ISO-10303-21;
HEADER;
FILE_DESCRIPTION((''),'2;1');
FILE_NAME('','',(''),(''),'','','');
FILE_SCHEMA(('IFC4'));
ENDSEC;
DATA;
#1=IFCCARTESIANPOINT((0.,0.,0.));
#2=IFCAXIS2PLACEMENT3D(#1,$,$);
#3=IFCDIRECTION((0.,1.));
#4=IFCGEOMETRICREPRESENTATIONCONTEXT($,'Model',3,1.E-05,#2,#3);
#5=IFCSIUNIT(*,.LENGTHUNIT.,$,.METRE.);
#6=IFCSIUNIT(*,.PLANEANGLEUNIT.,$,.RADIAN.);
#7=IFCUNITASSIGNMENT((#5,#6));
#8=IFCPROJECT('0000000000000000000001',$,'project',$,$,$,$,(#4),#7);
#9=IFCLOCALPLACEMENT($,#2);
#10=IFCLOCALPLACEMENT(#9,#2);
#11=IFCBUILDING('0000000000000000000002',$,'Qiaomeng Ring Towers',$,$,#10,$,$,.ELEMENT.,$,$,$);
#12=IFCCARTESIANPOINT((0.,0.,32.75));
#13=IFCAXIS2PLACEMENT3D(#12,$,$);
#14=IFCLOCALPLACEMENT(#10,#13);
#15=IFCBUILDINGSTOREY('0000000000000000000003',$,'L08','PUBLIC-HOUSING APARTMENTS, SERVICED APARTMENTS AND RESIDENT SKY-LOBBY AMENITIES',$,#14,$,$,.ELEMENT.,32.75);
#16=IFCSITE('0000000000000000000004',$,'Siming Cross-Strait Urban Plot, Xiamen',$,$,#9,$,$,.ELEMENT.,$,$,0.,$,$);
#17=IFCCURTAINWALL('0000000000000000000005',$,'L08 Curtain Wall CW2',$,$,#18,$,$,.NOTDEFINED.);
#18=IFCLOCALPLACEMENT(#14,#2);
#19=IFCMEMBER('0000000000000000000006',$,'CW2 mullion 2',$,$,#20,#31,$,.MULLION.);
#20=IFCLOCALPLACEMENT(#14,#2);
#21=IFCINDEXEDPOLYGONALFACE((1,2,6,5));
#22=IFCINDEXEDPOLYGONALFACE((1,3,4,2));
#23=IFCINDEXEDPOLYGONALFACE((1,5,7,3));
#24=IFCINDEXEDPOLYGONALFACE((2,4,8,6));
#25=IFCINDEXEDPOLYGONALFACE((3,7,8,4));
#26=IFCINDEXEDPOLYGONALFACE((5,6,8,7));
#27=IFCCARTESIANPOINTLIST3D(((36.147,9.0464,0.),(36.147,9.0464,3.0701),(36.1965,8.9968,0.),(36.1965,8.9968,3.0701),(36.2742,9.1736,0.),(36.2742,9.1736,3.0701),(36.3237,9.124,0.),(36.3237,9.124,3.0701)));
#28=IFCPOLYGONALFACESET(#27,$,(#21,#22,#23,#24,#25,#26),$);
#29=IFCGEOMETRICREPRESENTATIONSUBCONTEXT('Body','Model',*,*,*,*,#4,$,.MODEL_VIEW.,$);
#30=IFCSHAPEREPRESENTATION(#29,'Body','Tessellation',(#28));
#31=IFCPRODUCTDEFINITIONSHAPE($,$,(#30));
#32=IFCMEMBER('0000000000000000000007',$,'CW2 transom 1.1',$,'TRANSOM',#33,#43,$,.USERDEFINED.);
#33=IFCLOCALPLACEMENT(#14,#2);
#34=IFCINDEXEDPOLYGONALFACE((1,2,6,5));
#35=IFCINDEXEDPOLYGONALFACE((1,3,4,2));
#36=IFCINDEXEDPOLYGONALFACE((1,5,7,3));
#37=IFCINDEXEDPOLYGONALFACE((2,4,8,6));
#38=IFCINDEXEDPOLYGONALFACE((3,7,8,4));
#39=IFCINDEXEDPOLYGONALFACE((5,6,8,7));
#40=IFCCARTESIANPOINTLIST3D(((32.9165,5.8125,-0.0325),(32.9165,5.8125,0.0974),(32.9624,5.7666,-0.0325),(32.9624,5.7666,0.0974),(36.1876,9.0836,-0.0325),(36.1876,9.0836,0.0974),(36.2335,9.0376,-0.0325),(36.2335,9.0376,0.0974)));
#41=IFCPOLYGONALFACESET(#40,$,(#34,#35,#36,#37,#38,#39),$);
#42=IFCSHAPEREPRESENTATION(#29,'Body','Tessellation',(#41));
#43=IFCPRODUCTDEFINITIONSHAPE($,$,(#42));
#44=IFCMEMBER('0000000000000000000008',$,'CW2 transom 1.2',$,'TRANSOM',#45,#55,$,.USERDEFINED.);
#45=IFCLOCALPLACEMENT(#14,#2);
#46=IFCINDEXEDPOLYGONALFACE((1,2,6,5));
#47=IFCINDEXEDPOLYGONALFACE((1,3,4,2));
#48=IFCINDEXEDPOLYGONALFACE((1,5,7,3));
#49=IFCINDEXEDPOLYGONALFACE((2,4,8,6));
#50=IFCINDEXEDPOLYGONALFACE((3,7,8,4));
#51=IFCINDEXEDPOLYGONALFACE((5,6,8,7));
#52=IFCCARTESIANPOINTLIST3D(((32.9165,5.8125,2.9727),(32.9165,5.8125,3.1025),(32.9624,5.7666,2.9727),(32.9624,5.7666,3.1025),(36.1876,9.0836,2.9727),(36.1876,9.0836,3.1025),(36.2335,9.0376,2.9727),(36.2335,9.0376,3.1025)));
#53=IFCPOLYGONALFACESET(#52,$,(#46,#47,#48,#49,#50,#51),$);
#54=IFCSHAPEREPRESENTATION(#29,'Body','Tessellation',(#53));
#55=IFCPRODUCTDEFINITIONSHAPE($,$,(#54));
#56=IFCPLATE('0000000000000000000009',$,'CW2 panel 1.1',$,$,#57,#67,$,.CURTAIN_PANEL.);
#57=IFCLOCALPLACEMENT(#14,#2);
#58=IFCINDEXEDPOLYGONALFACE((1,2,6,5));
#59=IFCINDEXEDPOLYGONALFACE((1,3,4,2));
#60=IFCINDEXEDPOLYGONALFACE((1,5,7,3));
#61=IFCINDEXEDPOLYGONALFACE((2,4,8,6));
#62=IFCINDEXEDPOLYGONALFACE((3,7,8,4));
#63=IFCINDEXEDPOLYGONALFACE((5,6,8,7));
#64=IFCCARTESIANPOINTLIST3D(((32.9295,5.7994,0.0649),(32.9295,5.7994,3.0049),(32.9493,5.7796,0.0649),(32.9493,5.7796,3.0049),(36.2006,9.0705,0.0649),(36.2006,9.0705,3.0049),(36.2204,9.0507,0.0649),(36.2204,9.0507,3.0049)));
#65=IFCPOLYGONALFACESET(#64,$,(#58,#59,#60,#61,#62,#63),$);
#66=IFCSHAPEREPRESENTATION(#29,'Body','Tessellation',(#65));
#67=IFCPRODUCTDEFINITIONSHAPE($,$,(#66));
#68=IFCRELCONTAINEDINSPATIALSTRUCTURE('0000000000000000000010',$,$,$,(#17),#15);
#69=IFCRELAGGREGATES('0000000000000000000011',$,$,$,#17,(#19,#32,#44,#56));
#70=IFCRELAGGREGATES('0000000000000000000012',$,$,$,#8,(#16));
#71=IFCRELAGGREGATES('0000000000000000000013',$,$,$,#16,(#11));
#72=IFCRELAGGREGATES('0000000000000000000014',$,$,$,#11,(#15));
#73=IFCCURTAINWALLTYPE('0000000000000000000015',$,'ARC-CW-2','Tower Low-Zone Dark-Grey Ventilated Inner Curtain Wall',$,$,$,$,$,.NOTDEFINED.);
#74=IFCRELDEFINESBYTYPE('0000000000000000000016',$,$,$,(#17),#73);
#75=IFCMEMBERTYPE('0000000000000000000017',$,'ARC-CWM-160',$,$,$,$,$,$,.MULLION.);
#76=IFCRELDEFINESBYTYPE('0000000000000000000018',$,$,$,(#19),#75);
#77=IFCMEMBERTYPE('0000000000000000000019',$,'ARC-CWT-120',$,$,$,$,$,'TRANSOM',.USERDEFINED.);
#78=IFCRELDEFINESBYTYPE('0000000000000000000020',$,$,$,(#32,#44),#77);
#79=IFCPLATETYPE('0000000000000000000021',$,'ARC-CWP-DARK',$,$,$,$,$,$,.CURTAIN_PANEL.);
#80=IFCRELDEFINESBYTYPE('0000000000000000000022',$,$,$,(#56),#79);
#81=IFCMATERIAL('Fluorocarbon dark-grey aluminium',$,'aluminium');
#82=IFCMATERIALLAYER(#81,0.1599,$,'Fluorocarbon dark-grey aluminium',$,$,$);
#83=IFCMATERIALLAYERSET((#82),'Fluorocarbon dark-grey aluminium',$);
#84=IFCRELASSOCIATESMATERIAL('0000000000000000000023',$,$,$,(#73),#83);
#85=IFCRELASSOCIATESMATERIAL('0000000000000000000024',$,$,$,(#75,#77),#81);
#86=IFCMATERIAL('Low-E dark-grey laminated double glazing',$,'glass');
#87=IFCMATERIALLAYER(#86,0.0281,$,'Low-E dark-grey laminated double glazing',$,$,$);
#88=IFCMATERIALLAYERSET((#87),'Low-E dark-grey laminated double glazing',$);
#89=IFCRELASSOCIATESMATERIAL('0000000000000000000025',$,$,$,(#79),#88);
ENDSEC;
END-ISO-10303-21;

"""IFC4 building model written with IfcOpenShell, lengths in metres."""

from ifc_helpers import new_model, si_unit, direction, frame, origin, origin_2d, place, context, subcontext, project, spatial, rectangle, extrude, source, transform, mapped, material, layer, layer_set, material_profile, profile_set, type_object, element, aggregate, save


model = new_model("IFC4")

# Units and contexts
model_context = context("Model", 3, precision=1e-05, world=origin(), true_north=direction((0.0, 1.0)))
body_context = subcontext(model_context, "Body", "Model", "MODEL_VIEW")
ifc_project = project(units=[si_unit("LENGTHUNIT", "METRE"), si_unit("PLANEANGLEUNIT", "RADIAN")], contexts=[model_context])

# Site, building, storey
site_placement = place(None, origin())
site = spatial("IfcSite", under=ifc_project, at=site_placement, Name="Siming Cross-Strait Urban Plot, Xiamen", CompositionType="ELEMENT", RefElevation=0.0)
building_placement = place(site_placement, origin())
building = spatial("IfcBuilding", under=site, at=building_placement, Name="Qiaomeng Ring Towers", CompositionType="ELEMENT")
storey_placement = place(building_placement, frame((0.0, 0.0, 32.75)))
storey = spatial("IfcBuildingStorey", under=building, at=storey_placement, Name="L08", Description="PUBLIC-HOUSING APARTMENTS, SERVICED APARTMENTS AND RESIDENT SKY-LOBBY AMENITIES", CompositionType="ELEMENT", Elevation=32.75)

# Curtain wall, members, plate
ifc_material_1 = material(Name="Fluorocarbon dark-grey aluminium", Category="aluminium")
ifc_layer_1 = layer(ifc_material_1, 0.1599, Name="Fluorocarbon dark-grey aluminium")
ifc_layer_set_1 = layer_set([ifc_layer_1], Name="Fluorocarbon dark-grey aluminium")
curtain_wall_type = type_object("IfcCurtainWallType", Name="ARC-CW-2", Description="Tower Low-Zone Dark-Grey Ventilated Inner Curtain Wall", PredefinedType="NOTDEFINED", material=ifc_layer_set_1)
curtain_wall_placement = place(storey_placement, origin())
curtain_wall = element("IfcCurtainWall", 1, at=curtain_wall_placement, inside=storey, type_object=curtain_wall_type, Name="L08 Curtain Wall CW2", PredefinedType="NOTDEFINED")
ifc_material_profile_1 = material_profile(ifc_material_1, rectangle(XDim=0.0701, YDim=0.1799, at=origin_2d()), Name="ALU MULL 70x180")
ifc_profile_set_1 = profile_set([ifc_material_profile_1], Name="Fluorocarbon dark-grey aluminium")
member_type_1 = type_object("IfcMemberType", Name="ARC-CWM-160", PredefinedType="MULLION", material=ifc_profile_set_1)
shared_shape_1 = source(origin(), body_context, "Body", "SweptSolid", [
    extrude(rectangle(XDim=0.0701, YDim=0.1799, at=origin_2d()), origin(), (0.0, 0.0, 1.0), 3.0701),
])
member_1_placement = place(storey_placement, frame((36.2354, 9.0852, 0.0), z_axis=(0.0, 0.0, 1.0), x_axis=(-0.707107, 0.707107, 0.0)))
member_1 = element("IfcMember", 2, at=member_1_placement, type_object=member_type_1, Name="CW2 mullion 2", PredefinedType="MULLION", context=body_context, shape_type="MappedRepresentation", body=[
    mapped(shared_shape_1, transform((0.0, 0.0, 0.0), x_axis=(1.0, 0.0, 0.0), y_axis=(0.0, 1.0, 0.0), z_axis=(0.0, 0.0, 1.0), scale=1.0)),
])
ifc_material_profile_2 = material_profile(ifc_material_1, rectangle(XDim=0.0649, YDim=0.1299, at=origin_2d()), Name="ALU TRAN 65x130")
ifc_profile_set_2 = profile_set([ifc_material_profile_2], Name="Fluorocarbon dark-grey aluminium")
member_type_2 = type_object("IfcMemberType", Name="ARC-CWT-120", ElementType="TRANSOM", PredefinedType="USERDEFINED", material=ifc_profile_set_2)
shared_shape_2 = source(origin(), body_context, "Body", "SweptSolid", [
    extrude(rectangle(XDim=0.0649, YDim=0.1299, at=origin_2d()), origin(), (0.0, 0.0, 1.0), 4.626),
])
member_2_placement = place(storey_placement, frame((32.9395, 5.7896, 0.0325), z_axis=(0.707107, 0.707107, 0.0), x_axis=(-0.707107, 0.707107, 0.0)))
member_2 = element("IfcMember", 3, at=member_2_placement, type_object=member_type_2, Name="CW2 transom 1.1", ObjectType="TRANSOM", PredefinedType="USERDEFINED", context=body_context, shape_type="MappedRepresentation", body=[
    mapped(shared_shape_2, transform((0.0, 0.0, 0.0), x_axis=(1.0, 0.0, 0.0), y_axis=(0.0, 1.0, 0.0), z_axis=(0.0, 0.0, 1.0), scale=1.0)),
])
member_3_placement = place(storey_placement, frame((32.9395, 5.7896, 3.0376), z_axis=(0.707107, 0.707107, 0.0), x_axis=(-0.707107, 0.707107, 0.0)))
member_3 = element("IfcMember", 4, at=member_3_placement, type_object=member_type_2, Name="CW2 transom 1.2", ObjectType="TRANSOM", PredefinedType="USERDEFINED", context=body_context, shape_type="MappedRepresentation", body=[
    mapped(shared_shape_2, transform((0.0, 0.0, 0.0), x_axis=(1.0, 0.0, 0.0), y_axis=(0.0, 1.0, 0.0), z_axis=(0.0, 0.0, 1.0), scale=1.0)),
])
ifc_material_2 = material(Name="Low-E dark-grey laminated double glazing", Category="glass")
ifc_layer_2 = layer(ifc_material_2, 0.0281, Name="Low-E dark-grey laminated double glazing")
ifc_layer_set_2 = layer_set([ifc_layer_2], Name="Low-E dark-grey laminated double glazing")
plate_type = type_object("IfcPlateType", Name="ARC-CWP-DARK", PredefinedType="CURTAIN_PANEL", material=ifc_layer_set_2)
shared_shape_3 = source(origin(), body_context, "Body", "SweptSolid", [
    extrude(rectangle(XDim=4.626, YDim=0.0281, at=origin_2d()), origin(), (0.0, 0.0, 1.0), 2.9399),
])
plate_placement = place(storey_placement, frame((34.575, 7.425, 0.0649), z_axis=(0.0, 0.0, 1.0), x_axis=(0.707107, 0.707107, 0.0)))
plate = element("IfcPlate", 5, at=plate_placement, type_object=plate_type, Name="CW2 panel 1.1", PredefinedType="CURTAIN_PANEL", context=body_context, shape_type="MappedRepresentation", body=[
    mapped(shared_shape_3, transform((0.0, 0.0, 0.0), x_axis=(1.0, 0.0, 0.0), y_axis=(0.0, 1.0, 0.0), z_axis=(0.0, 0.0, 1.0), scale=1.0)),
])
aggregate(curtain_wall, [member_1, member_2, member_3, plate])

save(model, "model.ifc")
